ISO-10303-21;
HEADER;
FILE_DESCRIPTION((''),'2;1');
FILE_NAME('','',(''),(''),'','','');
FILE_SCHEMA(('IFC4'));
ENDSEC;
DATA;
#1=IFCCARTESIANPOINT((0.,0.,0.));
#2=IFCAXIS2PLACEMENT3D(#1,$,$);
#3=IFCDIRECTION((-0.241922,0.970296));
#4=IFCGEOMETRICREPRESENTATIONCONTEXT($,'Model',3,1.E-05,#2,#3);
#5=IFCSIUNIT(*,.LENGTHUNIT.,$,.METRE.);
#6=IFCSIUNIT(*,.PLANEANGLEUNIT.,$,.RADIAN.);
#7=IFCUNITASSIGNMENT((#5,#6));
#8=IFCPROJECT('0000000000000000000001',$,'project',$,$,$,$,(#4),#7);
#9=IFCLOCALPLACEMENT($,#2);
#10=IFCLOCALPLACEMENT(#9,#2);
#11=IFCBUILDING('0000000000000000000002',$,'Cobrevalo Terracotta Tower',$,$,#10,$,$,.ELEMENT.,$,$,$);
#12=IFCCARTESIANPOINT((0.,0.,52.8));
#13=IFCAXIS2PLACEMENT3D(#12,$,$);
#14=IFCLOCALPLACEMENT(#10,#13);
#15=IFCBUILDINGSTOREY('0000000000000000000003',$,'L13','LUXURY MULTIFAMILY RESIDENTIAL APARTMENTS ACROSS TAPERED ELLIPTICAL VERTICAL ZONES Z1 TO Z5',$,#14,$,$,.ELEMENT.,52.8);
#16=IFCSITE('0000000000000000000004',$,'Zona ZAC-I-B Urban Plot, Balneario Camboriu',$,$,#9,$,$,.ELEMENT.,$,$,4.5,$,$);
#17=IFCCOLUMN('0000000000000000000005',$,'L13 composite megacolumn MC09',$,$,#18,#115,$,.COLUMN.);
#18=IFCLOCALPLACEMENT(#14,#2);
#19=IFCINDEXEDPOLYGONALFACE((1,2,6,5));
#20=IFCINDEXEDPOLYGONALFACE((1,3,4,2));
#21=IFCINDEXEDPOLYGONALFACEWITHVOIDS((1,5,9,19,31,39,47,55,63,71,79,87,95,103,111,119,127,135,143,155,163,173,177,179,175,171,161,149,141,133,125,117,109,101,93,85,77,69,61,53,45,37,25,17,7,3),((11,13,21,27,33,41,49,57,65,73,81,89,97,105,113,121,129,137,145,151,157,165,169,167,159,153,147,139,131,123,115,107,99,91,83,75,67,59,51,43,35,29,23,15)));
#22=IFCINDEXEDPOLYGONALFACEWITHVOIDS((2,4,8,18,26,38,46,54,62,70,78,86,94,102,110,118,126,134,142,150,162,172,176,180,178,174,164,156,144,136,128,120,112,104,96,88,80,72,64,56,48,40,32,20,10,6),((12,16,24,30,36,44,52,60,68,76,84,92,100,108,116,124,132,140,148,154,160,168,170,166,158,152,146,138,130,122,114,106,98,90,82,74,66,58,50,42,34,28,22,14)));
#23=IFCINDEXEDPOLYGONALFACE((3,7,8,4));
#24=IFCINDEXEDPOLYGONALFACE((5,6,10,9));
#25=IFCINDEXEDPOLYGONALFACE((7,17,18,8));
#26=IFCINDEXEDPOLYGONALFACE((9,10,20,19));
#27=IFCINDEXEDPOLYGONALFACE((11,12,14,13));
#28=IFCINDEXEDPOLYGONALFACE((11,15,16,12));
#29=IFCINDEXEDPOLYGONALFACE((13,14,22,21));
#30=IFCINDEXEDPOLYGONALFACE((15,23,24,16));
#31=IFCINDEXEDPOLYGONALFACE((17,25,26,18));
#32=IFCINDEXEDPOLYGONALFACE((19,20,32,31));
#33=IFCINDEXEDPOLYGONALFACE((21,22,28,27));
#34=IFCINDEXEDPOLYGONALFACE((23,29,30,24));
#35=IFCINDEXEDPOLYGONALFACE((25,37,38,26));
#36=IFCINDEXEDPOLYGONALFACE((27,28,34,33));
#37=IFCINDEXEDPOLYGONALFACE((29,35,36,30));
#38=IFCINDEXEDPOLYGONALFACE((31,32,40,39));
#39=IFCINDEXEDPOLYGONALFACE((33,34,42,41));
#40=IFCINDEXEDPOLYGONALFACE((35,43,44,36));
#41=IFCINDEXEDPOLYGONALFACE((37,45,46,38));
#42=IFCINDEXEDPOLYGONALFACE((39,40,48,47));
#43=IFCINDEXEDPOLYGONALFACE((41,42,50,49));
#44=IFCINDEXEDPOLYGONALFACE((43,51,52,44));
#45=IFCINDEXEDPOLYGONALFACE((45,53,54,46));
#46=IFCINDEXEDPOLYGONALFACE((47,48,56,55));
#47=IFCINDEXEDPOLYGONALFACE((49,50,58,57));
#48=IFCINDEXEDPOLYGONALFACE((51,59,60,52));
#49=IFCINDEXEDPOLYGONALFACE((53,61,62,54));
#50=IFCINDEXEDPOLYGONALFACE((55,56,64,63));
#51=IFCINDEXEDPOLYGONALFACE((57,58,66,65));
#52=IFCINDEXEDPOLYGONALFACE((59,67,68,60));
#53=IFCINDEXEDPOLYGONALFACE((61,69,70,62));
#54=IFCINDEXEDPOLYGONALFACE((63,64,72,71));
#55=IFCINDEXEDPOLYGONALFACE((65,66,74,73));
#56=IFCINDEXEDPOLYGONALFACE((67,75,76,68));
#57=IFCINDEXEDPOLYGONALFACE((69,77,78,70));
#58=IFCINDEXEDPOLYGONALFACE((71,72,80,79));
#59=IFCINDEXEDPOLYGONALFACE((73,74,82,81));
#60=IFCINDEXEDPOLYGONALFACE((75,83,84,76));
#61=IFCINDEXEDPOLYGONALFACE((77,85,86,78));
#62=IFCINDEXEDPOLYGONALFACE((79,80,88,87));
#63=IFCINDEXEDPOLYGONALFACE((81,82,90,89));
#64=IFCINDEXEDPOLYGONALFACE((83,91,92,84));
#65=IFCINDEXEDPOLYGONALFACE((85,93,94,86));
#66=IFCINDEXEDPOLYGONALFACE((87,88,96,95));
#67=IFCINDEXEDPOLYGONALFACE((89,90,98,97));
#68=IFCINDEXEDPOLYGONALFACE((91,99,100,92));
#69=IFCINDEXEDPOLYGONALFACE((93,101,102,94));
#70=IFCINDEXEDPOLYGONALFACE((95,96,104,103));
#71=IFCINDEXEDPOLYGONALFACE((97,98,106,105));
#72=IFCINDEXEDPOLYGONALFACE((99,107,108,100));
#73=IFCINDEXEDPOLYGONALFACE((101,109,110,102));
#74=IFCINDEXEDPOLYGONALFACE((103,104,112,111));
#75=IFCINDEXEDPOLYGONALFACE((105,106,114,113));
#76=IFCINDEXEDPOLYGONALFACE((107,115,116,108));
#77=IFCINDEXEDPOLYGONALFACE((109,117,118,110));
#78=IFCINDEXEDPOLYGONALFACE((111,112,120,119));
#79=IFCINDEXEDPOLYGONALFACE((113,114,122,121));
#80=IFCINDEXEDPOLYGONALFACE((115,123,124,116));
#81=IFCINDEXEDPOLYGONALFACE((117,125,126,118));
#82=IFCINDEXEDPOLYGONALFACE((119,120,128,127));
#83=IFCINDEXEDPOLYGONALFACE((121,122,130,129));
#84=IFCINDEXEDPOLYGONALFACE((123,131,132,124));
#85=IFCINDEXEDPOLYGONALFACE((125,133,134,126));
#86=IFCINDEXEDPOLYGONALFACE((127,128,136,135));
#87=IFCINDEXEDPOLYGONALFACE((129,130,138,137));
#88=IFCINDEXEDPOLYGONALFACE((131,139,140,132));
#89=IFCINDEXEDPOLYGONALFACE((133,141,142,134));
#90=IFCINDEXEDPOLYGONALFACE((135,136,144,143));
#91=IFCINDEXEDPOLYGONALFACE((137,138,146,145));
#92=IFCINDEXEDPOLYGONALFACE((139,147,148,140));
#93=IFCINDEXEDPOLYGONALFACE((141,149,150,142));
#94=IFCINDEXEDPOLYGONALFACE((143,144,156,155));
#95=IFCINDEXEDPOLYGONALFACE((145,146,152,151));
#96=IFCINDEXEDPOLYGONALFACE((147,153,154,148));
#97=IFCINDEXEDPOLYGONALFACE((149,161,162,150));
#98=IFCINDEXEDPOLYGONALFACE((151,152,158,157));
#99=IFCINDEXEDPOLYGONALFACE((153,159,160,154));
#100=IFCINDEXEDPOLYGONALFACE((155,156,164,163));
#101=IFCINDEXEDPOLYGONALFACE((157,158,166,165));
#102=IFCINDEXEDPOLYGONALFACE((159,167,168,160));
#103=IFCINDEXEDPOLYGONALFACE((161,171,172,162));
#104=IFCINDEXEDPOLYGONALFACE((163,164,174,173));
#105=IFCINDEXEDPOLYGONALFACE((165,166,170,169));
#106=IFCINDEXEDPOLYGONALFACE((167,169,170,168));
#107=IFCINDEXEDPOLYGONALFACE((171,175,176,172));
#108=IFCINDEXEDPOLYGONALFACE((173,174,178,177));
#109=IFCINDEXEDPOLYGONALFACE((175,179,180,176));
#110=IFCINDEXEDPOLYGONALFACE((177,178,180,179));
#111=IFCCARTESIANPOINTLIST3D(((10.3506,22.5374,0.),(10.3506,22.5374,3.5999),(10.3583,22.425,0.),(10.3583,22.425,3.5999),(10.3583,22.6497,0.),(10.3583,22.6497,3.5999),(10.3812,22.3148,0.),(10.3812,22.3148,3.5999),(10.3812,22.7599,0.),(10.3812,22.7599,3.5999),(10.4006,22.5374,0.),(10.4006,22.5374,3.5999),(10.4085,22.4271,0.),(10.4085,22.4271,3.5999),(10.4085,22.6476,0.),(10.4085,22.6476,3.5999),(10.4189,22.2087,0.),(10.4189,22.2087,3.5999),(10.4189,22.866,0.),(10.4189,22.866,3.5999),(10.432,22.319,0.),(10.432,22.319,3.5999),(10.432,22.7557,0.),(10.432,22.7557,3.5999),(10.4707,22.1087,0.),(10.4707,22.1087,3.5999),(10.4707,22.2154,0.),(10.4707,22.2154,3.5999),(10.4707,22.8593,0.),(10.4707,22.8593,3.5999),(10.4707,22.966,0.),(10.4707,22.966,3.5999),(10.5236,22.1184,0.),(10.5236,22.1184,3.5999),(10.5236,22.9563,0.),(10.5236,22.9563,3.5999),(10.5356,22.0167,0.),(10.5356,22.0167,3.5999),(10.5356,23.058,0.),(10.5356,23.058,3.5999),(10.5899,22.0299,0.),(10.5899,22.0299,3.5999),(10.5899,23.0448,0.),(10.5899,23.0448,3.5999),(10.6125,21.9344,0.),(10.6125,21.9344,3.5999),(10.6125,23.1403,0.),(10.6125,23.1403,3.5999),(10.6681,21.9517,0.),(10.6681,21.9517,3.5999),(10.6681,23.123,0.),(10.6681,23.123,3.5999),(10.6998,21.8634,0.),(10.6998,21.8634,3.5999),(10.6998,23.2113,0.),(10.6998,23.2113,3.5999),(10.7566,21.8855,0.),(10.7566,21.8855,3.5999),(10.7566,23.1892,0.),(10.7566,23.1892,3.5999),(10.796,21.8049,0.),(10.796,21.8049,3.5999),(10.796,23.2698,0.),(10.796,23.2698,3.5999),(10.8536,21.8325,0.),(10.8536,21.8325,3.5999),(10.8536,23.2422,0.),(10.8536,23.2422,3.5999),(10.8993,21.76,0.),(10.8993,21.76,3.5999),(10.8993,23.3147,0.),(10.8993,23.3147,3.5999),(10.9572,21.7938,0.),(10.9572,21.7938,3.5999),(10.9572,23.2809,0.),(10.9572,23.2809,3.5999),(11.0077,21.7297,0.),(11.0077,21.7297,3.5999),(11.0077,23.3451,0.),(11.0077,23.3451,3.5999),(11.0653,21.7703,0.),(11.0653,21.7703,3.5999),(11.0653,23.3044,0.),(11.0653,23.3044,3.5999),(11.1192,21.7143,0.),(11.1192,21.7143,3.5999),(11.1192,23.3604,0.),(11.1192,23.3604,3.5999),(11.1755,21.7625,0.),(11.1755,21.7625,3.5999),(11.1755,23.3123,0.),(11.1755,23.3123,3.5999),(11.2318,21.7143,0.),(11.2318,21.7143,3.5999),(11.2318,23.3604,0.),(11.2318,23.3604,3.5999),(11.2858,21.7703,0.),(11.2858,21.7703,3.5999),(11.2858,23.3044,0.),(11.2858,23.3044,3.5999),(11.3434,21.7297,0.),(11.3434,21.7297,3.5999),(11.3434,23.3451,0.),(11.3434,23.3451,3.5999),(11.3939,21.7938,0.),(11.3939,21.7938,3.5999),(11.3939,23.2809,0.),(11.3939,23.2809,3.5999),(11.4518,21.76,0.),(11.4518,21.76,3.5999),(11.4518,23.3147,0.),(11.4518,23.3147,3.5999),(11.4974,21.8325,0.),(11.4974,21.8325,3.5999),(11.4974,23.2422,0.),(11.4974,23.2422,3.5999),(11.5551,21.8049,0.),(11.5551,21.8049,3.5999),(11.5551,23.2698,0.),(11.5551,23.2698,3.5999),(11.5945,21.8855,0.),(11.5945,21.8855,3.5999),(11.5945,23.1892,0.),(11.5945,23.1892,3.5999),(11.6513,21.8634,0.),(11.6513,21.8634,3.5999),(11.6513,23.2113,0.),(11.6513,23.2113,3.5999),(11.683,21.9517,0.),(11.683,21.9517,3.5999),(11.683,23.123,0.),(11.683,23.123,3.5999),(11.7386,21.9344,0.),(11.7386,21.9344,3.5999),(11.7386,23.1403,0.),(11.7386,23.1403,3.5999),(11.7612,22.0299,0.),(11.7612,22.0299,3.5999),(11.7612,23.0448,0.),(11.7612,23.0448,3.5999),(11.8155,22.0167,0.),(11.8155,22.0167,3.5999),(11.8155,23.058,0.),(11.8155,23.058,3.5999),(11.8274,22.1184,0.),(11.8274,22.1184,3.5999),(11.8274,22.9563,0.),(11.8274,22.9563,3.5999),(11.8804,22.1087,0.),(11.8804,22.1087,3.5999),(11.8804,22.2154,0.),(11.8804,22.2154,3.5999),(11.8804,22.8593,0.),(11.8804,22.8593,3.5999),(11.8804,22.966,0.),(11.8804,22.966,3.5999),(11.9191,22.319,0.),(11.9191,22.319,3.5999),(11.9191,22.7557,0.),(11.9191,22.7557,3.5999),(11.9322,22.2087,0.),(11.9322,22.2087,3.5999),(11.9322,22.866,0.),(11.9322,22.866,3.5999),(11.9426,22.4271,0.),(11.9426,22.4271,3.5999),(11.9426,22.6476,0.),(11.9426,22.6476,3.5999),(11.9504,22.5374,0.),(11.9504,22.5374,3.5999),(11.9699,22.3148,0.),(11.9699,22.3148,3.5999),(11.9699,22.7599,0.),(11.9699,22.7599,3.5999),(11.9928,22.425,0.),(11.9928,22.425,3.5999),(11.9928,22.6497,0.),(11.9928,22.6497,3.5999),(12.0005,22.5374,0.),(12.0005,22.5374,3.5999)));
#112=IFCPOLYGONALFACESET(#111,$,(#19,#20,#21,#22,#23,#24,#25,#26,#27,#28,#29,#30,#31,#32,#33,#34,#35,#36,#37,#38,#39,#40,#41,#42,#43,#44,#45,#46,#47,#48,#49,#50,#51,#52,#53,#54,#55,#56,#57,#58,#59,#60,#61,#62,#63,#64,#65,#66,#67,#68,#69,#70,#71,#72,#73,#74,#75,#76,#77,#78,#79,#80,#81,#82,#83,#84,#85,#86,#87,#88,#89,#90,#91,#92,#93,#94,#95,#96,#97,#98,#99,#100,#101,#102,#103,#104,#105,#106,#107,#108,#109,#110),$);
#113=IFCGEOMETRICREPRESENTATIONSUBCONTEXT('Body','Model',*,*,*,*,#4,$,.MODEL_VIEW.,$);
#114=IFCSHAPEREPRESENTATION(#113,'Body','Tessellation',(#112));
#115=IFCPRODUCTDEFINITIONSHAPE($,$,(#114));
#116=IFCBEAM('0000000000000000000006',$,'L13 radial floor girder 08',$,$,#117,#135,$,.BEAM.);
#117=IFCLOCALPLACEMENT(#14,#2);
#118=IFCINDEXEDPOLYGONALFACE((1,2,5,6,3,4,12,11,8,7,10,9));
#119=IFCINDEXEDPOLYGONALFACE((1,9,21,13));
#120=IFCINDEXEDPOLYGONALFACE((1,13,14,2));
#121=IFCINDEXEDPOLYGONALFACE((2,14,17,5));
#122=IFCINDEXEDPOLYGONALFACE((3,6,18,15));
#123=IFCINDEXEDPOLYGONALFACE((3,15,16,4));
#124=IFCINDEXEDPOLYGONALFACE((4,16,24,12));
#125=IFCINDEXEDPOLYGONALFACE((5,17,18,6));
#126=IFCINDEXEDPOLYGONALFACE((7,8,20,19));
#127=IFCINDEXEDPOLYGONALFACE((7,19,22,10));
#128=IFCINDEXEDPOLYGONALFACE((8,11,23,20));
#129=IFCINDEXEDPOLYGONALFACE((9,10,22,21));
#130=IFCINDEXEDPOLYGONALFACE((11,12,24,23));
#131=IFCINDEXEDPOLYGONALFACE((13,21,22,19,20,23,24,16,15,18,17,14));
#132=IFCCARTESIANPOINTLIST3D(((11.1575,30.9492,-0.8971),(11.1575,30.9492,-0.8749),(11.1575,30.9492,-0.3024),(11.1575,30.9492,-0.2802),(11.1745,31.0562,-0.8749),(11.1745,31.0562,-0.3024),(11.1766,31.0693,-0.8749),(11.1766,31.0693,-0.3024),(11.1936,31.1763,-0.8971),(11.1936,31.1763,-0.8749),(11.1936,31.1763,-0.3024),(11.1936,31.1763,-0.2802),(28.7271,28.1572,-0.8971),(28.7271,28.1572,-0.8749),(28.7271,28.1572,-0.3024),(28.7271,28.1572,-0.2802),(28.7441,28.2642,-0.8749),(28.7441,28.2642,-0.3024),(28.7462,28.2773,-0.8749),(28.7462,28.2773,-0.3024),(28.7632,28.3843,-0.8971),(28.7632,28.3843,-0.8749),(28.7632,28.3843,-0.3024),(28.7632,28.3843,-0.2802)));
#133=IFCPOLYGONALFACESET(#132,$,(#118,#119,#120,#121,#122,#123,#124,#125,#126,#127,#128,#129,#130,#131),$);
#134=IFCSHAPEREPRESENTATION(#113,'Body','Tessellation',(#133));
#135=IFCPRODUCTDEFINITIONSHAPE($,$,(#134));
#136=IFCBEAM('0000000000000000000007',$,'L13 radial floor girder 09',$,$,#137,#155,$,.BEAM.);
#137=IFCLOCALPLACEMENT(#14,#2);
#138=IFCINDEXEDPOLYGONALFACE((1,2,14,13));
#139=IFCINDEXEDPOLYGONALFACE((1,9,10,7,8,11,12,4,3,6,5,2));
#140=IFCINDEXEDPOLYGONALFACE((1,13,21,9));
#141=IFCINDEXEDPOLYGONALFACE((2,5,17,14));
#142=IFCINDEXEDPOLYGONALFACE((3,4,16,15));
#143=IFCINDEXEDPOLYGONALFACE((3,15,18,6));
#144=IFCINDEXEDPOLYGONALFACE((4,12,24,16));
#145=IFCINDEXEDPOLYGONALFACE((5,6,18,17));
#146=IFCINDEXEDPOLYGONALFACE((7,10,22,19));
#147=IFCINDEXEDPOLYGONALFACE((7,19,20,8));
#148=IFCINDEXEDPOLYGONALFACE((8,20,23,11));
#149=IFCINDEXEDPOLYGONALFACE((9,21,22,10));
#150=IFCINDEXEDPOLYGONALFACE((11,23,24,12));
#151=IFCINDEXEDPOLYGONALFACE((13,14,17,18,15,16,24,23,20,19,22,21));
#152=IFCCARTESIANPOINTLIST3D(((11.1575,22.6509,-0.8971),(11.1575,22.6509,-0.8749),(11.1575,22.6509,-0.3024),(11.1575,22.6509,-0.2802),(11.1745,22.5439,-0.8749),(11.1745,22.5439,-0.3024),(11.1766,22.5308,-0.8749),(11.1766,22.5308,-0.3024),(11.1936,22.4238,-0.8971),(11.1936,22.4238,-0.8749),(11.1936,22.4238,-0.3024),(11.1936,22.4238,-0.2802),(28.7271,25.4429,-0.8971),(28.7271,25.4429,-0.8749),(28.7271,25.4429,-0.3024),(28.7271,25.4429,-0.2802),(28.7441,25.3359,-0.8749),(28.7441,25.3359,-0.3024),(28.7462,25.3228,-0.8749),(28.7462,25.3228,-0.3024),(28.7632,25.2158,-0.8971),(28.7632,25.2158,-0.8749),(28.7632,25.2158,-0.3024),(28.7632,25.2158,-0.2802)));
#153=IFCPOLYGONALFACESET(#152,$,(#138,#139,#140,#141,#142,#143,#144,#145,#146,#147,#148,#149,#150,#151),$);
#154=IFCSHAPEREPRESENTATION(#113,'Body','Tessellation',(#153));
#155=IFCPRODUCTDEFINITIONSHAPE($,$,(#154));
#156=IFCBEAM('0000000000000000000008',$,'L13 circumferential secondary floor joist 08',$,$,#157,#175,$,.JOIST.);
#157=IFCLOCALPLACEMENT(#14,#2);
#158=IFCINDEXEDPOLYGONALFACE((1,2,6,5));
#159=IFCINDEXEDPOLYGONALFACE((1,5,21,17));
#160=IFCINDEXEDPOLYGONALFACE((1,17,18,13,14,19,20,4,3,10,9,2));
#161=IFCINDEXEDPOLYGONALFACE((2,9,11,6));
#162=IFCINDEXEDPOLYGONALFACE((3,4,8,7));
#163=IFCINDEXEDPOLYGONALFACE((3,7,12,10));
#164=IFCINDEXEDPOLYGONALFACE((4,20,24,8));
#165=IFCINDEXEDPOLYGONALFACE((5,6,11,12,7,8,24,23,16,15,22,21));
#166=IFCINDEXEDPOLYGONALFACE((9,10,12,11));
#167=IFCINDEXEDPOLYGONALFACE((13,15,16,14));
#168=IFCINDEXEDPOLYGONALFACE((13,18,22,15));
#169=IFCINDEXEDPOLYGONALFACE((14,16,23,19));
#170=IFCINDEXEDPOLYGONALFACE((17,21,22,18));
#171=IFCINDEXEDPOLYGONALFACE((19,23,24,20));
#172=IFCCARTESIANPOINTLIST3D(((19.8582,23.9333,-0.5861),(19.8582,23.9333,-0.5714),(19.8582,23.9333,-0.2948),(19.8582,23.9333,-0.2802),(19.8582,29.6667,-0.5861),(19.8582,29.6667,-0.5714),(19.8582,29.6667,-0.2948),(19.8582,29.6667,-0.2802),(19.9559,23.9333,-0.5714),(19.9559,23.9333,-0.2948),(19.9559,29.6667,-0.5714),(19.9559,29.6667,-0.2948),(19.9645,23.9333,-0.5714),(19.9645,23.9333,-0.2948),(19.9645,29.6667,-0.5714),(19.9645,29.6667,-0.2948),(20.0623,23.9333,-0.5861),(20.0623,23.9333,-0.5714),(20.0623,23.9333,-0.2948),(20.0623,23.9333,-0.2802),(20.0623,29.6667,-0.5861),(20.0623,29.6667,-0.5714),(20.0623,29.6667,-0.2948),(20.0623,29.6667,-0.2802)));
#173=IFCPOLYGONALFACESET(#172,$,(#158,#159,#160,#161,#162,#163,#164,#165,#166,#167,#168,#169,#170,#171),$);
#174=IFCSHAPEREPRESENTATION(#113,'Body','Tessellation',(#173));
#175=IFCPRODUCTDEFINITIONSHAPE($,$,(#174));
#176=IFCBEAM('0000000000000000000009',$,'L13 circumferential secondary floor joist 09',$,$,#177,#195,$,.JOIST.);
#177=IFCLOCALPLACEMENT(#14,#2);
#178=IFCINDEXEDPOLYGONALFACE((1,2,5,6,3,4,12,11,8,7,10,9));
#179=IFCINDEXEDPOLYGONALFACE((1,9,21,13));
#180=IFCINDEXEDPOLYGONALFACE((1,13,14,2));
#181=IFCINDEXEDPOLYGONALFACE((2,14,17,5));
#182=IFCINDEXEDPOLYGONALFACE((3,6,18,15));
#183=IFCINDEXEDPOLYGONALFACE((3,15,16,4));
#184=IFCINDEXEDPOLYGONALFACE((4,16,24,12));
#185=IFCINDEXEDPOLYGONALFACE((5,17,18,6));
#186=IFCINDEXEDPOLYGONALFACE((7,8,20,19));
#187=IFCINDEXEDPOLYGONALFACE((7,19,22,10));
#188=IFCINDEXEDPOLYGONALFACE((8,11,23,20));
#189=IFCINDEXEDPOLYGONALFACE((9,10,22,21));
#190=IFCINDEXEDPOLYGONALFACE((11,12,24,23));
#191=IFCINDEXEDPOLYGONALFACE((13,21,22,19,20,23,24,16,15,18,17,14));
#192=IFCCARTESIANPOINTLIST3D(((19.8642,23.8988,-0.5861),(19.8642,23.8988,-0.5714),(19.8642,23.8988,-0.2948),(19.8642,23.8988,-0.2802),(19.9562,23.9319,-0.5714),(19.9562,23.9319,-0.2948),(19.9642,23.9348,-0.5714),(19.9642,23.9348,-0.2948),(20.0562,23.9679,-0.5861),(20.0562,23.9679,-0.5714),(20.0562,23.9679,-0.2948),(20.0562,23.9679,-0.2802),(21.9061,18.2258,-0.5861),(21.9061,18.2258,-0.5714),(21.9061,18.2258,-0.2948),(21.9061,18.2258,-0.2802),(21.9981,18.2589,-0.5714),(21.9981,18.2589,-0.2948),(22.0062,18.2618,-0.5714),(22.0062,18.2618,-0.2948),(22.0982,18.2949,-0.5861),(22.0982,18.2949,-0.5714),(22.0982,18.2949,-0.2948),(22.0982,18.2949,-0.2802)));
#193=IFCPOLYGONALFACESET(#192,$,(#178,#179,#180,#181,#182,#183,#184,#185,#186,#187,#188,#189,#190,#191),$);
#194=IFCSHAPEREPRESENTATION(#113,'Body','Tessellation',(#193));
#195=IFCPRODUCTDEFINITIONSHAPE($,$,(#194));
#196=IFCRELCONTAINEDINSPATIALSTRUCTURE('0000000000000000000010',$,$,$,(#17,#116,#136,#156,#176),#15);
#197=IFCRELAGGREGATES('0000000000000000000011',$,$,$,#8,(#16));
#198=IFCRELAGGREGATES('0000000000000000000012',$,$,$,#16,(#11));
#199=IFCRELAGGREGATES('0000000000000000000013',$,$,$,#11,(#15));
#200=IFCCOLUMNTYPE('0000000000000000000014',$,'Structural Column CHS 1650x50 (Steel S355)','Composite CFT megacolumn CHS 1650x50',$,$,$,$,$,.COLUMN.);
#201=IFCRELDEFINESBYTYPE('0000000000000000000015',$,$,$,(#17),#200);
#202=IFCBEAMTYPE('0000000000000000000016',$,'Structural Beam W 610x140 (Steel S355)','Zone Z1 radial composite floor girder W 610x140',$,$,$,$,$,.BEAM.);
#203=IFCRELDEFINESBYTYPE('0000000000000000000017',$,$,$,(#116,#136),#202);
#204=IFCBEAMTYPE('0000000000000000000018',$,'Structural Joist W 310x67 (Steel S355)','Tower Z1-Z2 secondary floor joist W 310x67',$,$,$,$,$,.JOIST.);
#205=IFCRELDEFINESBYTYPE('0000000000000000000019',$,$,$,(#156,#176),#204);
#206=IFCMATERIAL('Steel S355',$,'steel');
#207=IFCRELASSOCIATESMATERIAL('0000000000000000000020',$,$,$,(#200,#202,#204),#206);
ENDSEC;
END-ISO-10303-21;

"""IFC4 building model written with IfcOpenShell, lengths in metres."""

from ifc_helpers import new_model, si_unit, direction, frame, origin, origin_2d, place, context, subcontext, project, spatial, hollow_circle, i_section, extrude, material, material_profile, profile_set, type_object, element, save


model = new_model("IFC4")

# Units and contexts
model_context = context("Model", 3, precision=1e-05, world=origin(), true_north=direction((-0.241922, 0.970296)))
body_context = subcontext(model_context, "Body", "Model", "MODEL_VIEW")
ifc_project = project(units=[si_unit("LENGTHUNIT", "METRE"), si_unit("PLANEANGLEUNIT", "RADIAN")], contexts=[model_context])

# Site, building, storey
site_placement = place(None, origin())
site = spatial("IfcSite", under=ifc_project, at=site_placement, Name="Zona ZAC-I-B Urban Plot, Balneario Camboriu", CompositionType="ELEMENT", RefElevation=4.5)
building_placement = place(site_placement, origin())
building = spatial("IfcBuilding", under=site, at=building_placement, Name="Cobrevalo Terracotta Tower", CompositionType="ELEMENT")
storey_placement = place(building_placement, frame((0.0, 0.0, 52.8)))
storey = spatial("IfcBuildingStorey", under=building, at=storey_placement, Name="L13", Description="LUXURY MULTIFAMILY RESIDENTIAL APARTMENTS ACROSS TAPERED ELLIPTICAL VERTICAL ZONES Z1 TO Z5", CompositionType="ELEMENT", Elevation=52.8)

# Column
ifc_material_1 = material(Name="Steel S355", Category="steel")
ifc_material_profile_1 = material_profile(ifc_material_1, hollow_circle(Radius=0.825, WallThickness=0.05, at=origin_2d()), Name="CHS 1650x50")
ifc_profile_set_1 = profile_set([ifc_material_profile_1], Name="Steel S355")
column_type = type_object("IfcColumnType", Name="Structural Column CHS 1650x50 (Steel S355)", Description="Composite CFT megacolumn CHS 1650x50", PredefinedType="COLUMN", material=ifc_profile_set_1)
for number, where, z_axis, x_axis, name in (
    (1, (11.1755, 22.5374, 0.0), (0.0, 0.0, 1.0), (1.0, 0.0, 0.0), "L13 composite megacolumn MC09"),
):
    element("IfcColumn", number, at=place(storey_placement, frame(where, z_axis=z_axis, x_axis=x_axis)), inside=storey, type_object=column_type, Name=name, PredefinedType="COLUMN", context=body_context, shape_type="SweptSolid", body=[
        extrude(hollow_circle(Radius=0.825, WallThickness=0.05, at=origin_2d()), origin(), (0.0, 0.0, 1.0), 3.5999),
    ])

# Beams
ifc_material_profile_2 = material_profile(ifc_material_1, i_section(OverallWidth=0.23, OverallDepth=0.6169, WebThickness=0.0132, FlangeThickness=0.0222, at=origin_2d()), Name="W 610x140")
ifc_profile_set_2 = profile_set([ifc_material_profile_2], Name="Steel S355")
beam_type_1 = type_object("IfcBeamType", Name="Structural Beam W 610x140 (Steel S355)", Description="Zone Z1 radial composite floor girder W 610x140", PredefinedType="BEAM", material=ifc_profile_set_2)
for number, where, z_axis, x_axis, name in (
    (2, (11.1755, 31.0627, -0.5886), (0.987608, -0.156941, 0.0), (0.156941, 0.987608, 0.0), "L13 radial floor girder 08"),
    (3, (11.1755, 22.5374, -0.5886), (0.987608, 0.156941, 0.0), (-0.156941, 0.987608, 0.0), "L13 radial floor girder 09"),
):
    element("IfcBeam", number, at=place(storey_placement, frame(where, z_axis=z_axis, x_axis=x_axis)), inside=storey, type_object=beam_type_1, Name=name, PredefinedType="BEAM", context=body_context, shape_type="SweptSolid", body=[
        extrude(i_section(OverallWidth=0.23, OverallDepth=0.6169, WebThickness=0.0132, FlangeThickness=0.0222, at=origin_2d()), origin(), (0.0, 0.0, 1.0), 17.79),
    ])
ifc_material_profile_3 = material_profile(ifc_material_1, i_section(OverallWidth=0.2041, OverallDepth=0.3059, WebThickness=0.0085, FlangeThickness=0.0146, at=origin_2d()), Name="W 310x67")
ifc_profile_set_3 = profile_set([ifc_material_profile_3], Name="Steel S355")
beam_type_2 = type_object("IfcBeamType", Name="Structural Joist W 310x67 (Steel S355)", Description="Tower Z1-Z2 secondary floor joist W 310x67", PredefinedType="JOIST", material=ifc_profile_set_3)
beam_1_placement = place(storey_placement, frame((19.9602, 29.6667, -0.4331), z_axis=(0.0, -1.0, 0.0), x_axis=(1.0, 0.0, 0.0)))
element("IfcBeam", 4, at=beam_1_placement, inside=storey, type_object=beam_type_2, Name="L13 circumferential secondary floor joist 08", PredefinedType="JOIST", context=body_context, shape_type="SweptSolid", body=[
    extrude(i_section(OverallWidth=0.2041, OverallDepth=0.3059, WebThickness=0.0085, FlangeThickness=0.0146, at=origin_2d()), origin(), (0.0, 0.0, 1.0), 5.7334),
])
beam_2_placement = place(storey_placement, frame((19.9602, 23.9333, -0.4331), z_axis=(0.338672, -0.940904, 0.0), x_axis=(0.940904, 0.338672, 0.0)))
element("IfcBeam", 5, at=beam_2_placement, inside=storey, type_object=beam_type_2, Name="L13 circumferential secondary floor joist 09", PredefinedType="JOIST", context=body_context, shape_type="SweptSolid", body=[
    extrude(i_section(OverallWidth=0.2041, OverallDepth=0.3059, WebThickness=0.0085, FlangeThickness=0.0146, at=origin_2d()), origin(), (0.0, 0.0, 1.0), 6.0293),
])

save(model, "model.ifc")
